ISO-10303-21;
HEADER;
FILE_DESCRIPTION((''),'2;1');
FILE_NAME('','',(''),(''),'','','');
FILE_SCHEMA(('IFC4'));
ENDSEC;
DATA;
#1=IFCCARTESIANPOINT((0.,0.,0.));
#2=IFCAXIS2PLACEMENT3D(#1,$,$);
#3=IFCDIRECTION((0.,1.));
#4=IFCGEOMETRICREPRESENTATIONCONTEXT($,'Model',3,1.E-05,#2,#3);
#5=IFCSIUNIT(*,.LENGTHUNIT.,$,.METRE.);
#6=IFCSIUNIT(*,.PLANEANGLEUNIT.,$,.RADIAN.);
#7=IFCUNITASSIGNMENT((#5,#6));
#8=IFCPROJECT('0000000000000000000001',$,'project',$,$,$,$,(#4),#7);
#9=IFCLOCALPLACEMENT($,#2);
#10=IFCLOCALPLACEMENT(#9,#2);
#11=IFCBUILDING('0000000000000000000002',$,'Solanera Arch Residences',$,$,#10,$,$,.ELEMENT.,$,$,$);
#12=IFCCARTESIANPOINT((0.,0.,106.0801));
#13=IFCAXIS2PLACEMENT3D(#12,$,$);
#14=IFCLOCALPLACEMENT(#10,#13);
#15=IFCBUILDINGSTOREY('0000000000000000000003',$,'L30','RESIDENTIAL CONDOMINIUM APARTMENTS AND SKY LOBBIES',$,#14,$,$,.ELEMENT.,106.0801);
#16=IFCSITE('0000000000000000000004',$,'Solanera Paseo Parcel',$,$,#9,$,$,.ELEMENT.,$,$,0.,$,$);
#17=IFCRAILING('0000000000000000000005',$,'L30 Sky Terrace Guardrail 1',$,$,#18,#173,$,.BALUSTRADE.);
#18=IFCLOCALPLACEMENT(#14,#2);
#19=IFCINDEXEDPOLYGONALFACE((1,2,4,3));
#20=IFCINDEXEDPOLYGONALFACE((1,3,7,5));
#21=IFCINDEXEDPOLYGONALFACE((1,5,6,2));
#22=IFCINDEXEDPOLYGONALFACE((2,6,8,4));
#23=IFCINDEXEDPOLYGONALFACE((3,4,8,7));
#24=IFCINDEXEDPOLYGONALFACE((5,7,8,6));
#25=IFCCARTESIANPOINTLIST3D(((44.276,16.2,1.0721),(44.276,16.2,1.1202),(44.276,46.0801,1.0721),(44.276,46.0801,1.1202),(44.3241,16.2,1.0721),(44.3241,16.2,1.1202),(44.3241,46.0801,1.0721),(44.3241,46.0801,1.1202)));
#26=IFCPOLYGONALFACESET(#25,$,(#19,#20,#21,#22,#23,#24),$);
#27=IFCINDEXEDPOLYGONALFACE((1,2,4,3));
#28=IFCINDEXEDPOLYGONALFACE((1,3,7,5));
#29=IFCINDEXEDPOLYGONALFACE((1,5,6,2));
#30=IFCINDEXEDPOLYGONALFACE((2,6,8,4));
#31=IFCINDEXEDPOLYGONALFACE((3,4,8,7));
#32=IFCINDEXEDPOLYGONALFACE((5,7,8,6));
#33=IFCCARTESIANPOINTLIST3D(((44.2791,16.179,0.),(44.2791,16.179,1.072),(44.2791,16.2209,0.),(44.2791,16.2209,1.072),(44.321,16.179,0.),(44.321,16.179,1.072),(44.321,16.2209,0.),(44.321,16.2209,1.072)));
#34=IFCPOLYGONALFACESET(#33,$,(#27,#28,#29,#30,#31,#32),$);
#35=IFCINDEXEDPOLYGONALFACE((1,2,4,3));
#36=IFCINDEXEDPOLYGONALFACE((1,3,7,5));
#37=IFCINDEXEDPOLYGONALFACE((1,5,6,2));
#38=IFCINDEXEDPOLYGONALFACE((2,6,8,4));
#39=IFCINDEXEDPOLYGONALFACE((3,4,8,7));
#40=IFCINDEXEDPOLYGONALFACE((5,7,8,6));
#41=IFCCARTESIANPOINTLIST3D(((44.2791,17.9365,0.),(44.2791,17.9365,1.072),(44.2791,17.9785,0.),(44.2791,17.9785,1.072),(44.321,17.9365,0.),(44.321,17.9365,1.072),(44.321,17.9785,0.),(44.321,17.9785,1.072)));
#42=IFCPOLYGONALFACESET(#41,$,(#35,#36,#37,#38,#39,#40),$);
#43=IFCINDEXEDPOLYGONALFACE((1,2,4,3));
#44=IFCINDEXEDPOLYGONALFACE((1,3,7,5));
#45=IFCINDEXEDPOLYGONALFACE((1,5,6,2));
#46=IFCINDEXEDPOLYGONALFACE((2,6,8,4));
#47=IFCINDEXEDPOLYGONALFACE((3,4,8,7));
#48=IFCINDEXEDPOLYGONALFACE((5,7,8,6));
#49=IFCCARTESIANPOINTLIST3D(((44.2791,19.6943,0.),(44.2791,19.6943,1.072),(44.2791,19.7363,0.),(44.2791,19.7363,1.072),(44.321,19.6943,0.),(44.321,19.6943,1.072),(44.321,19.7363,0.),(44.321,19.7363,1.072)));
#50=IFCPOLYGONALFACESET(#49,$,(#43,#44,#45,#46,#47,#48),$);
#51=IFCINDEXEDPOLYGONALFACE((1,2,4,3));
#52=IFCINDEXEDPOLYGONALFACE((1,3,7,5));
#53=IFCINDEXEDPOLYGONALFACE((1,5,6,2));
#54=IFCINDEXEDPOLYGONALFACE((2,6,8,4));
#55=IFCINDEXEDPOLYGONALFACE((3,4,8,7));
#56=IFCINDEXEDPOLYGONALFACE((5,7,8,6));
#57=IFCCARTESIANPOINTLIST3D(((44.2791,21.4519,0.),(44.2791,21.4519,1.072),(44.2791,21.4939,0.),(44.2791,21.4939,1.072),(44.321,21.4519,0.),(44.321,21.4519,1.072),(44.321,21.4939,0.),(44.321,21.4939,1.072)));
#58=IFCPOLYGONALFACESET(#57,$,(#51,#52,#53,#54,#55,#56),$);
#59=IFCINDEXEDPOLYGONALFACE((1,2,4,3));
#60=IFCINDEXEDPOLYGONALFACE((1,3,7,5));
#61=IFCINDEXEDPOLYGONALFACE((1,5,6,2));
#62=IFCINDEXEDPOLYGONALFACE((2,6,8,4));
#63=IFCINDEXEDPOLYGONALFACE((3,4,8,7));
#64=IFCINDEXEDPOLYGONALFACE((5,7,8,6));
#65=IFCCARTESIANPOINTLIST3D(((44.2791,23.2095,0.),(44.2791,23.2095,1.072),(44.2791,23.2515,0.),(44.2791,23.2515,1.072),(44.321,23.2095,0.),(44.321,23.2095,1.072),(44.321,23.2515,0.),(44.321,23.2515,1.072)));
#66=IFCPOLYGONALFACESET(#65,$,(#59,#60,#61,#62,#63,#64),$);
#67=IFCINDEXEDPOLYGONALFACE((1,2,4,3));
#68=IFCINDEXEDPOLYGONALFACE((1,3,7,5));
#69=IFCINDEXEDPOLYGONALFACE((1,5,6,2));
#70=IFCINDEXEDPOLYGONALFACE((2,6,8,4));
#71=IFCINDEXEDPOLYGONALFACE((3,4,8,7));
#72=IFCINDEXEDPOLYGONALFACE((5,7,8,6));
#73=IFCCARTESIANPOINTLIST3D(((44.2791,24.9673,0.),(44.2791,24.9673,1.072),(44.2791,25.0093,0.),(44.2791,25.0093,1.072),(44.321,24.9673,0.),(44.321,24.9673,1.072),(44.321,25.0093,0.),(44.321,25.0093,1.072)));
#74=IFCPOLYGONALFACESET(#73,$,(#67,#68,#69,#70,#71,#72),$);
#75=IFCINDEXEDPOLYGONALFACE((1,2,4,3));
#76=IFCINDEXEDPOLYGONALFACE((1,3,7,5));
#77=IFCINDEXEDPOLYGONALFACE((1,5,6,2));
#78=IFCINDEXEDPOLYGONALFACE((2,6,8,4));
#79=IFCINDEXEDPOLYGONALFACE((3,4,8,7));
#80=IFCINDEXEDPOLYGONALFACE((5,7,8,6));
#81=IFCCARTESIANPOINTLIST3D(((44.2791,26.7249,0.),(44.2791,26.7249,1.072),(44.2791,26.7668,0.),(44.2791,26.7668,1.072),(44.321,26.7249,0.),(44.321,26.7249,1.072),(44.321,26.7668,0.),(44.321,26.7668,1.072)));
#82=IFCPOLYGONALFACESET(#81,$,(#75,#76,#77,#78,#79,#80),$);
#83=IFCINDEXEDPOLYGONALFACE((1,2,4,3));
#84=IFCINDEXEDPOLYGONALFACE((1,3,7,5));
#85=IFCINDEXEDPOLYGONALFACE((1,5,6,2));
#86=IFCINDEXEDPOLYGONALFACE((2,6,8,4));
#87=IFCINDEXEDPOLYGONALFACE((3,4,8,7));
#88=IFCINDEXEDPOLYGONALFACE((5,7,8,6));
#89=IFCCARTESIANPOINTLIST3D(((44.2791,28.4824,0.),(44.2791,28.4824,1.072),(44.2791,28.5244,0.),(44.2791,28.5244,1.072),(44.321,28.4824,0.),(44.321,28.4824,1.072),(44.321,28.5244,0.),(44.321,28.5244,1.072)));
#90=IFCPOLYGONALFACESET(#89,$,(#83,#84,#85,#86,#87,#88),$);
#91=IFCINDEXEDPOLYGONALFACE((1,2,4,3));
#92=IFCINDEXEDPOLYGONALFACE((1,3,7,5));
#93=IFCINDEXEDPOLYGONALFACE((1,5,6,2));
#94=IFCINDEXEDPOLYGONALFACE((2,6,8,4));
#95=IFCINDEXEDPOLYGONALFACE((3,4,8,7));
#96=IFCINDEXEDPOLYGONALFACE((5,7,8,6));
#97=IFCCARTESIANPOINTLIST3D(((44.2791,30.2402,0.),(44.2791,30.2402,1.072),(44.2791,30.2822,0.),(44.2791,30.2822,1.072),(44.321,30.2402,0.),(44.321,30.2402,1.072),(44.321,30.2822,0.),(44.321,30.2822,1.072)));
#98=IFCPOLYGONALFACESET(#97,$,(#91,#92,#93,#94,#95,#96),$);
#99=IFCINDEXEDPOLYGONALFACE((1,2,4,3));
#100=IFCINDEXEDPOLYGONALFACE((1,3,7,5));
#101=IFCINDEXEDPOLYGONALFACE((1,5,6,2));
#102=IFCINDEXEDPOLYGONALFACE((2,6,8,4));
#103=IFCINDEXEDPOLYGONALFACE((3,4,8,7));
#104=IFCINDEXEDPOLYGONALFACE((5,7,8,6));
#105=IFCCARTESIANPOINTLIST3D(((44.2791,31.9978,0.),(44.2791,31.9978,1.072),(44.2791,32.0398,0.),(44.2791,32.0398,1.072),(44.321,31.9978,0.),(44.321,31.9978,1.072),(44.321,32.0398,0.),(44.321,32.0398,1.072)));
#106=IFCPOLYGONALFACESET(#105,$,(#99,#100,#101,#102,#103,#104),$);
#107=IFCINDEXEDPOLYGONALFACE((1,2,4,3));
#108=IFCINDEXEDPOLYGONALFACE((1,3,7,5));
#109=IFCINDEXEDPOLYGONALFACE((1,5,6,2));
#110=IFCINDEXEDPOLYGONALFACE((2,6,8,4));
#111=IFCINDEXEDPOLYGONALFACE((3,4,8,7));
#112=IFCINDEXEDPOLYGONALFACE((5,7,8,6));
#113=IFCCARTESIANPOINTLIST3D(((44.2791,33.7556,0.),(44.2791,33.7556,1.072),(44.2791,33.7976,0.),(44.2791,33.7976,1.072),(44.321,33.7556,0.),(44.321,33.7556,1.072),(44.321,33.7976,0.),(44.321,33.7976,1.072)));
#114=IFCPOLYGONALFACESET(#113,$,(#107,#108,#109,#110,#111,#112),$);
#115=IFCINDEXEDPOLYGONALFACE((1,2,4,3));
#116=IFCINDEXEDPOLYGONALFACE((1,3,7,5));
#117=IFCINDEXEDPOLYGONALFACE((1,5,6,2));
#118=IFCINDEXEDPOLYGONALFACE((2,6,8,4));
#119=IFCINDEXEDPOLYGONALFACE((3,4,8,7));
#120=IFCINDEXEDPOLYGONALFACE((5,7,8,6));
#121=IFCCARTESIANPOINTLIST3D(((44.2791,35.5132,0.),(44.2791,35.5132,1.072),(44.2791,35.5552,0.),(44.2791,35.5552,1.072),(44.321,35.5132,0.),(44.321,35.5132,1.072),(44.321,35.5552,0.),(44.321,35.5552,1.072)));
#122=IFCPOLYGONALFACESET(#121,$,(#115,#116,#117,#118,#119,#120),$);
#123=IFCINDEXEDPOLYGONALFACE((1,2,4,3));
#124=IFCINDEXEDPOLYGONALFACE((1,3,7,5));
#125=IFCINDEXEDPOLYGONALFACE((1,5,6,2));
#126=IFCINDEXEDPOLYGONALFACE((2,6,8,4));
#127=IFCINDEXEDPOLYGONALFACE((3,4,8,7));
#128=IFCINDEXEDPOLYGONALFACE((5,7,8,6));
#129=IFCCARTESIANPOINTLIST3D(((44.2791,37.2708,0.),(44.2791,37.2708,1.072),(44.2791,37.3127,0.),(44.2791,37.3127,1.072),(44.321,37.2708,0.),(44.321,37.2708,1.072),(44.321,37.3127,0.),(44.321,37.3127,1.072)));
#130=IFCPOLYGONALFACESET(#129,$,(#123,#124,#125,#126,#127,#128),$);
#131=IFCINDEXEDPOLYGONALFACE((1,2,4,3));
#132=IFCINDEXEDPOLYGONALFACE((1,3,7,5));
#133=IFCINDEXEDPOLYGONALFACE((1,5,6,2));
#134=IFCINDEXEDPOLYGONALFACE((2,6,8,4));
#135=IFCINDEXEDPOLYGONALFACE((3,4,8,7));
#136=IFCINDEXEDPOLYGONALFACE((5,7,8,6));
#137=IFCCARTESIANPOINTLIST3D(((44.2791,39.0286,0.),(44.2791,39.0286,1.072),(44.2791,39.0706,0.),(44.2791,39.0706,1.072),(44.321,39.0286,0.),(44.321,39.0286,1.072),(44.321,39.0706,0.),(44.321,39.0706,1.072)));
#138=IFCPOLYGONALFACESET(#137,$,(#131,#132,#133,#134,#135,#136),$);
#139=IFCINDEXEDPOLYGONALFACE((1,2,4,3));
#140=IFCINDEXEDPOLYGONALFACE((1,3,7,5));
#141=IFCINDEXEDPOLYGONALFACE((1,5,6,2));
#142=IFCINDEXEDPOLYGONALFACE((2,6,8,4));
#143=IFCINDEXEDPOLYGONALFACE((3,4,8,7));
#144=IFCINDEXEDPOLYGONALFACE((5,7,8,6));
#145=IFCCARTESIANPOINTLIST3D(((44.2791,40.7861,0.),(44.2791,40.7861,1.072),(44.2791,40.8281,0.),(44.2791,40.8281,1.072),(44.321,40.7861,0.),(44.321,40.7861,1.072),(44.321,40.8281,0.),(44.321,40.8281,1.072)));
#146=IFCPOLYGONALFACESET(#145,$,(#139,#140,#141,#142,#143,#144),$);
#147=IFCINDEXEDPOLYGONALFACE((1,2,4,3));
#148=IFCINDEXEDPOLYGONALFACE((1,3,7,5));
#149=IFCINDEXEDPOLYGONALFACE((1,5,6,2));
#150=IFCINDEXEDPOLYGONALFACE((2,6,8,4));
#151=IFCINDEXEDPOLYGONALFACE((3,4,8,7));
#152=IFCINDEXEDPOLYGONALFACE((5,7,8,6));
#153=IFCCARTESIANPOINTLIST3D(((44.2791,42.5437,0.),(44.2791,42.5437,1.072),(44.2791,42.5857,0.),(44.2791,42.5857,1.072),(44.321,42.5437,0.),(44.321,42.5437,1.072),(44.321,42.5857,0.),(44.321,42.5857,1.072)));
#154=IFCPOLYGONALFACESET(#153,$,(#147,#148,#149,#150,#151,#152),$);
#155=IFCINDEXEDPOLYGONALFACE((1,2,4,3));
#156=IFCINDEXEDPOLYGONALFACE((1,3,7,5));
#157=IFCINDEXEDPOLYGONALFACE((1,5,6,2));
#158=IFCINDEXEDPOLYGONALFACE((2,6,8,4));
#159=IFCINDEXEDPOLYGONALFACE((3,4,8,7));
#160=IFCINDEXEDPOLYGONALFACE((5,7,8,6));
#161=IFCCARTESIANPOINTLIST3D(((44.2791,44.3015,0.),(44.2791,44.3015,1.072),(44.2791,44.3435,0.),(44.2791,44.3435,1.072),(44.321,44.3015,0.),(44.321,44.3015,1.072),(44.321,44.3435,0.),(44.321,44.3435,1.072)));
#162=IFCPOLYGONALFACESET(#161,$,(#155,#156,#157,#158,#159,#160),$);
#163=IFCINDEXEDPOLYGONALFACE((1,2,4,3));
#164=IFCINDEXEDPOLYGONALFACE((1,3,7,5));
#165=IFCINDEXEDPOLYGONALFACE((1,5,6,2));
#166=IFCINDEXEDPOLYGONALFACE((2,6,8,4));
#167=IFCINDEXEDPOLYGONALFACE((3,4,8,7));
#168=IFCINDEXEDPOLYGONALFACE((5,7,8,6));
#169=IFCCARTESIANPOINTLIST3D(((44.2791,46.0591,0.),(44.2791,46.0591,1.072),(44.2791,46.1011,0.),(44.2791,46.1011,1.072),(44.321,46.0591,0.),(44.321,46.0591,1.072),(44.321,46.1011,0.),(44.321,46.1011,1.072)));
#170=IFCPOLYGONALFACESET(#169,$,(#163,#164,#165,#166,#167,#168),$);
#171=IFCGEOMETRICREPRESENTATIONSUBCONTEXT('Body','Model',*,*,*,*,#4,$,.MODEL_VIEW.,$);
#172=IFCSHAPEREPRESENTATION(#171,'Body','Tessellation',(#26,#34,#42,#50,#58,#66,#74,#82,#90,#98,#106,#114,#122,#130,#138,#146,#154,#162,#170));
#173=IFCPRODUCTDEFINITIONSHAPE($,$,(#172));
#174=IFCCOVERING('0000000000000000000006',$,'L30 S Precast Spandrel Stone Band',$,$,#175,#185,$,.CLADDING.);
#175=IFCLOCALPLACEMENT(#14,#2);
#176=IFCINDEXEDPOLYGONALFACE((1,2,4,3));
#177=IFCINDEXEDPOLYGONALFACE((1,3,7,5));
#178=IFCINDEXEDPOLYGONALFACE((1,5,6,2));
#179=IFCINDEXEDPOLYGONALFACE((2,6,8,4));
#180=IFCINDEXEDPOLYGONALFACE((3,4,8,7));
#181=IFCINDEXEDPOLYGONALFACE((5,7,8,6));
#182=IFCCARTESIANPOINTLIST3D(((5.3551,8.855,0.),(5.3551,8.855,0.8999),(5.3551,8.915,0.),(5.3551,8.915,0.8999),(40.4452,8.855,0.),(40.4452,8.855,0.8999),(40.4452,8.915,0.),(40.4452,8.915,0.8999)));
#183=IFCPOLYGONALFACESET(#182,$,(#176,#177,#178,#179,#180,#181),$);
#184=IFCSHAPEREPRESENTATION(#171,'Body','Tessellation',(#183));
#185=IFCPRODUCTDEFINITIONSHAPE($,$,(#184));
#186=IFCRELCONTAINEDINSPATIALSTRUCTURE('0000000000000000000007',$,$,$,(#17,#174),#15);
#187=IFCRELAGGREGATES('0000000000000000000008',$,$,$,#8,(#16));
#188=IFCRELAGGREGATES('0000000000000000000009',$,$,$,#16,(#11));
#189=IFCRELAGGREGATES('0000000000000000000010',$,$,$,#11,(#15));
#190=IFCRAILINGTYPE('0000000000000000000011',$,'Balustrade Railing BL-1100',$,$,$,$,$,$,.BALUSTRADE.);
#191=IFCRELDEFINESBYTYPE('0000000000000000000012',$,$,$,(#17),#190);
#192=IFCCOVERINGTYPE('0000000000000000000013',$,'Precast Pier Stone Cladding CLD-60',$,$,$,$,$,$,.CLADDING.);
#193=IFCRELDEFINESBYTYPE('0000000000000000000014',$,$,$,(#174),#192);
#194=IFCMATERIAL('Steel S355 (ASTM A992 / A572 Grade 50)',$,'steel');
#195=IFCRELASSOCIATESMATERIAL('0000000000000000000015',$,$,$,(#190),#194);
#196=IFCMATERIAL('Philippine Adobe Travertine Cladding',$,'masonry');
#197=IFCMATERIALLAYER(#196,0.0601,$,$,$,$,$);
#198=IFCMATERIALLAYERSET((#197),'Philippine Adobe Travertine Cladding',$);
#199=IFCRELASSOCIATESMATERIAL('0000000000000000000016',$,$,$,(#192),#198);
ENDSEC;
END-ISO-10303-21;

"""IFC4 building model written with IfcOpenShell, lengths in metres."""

from ifc_helpers import new_model, si_unit, direction, frame, frame_2d, origin, origin_2d, place, context, subcontext, project, spatial, rectangle, extrude, material, layer, layer_set, type_object, element, save


model = new_model("IFC4")

# Units and contexts
model_context = context("Model", 3, precision=1e-05, world=origin(), true_north=direction((0.0, 1.0)))
body_context = subcontext(model_context, "Body", "Model", "MODEL_VIEW")
ifc_project = project(units=[si_unit("LENGTHUNIT", "METRE"), si_unit("PLANEANGLEUNIT", "RADIAN")], contexts=[model_context])

# Site, building, storey
site_placement = place(None, origin())
site = spatial("IfcSite", under=ifc_project, at=site_placement, Name="Solanera Paseo Parcel", CompositionType="ELEMENT", RefElevation=0.0)
building_placement = place(site_placement, origin())
building = spatial("IfcBuilding", under=site, at=building_placement, Name="Solanera Arch Residences", CompositionType="ELEMENT")
storey_placement = place(building_placement, frame((0.0, 0.0, 106.0801)))
storey = spatial("IfcBuildingStorey", under=building, at=storey_placement, Name="L30", Description="RESIDENTIAL CONDOMINIUM APARTMENTS AND SKY LOBBIES", CompositionType="ELEMENT", Elevation=106.0801)

# Railing
ifc_material_1 = material(Name="Steel S355 (ASTM A992 / A572 Grade 50)", Category="steel")
railing_type = type_object("IfcRailingType", Name="Balustrade Railing BL-1100", PredefinedType="BALUSTRADE", material=ifc_material_1)
railing_1_placement = place(storey_placement, frame((44.3, 16.2, 0.0)))
element("IfcRailing", 1, at=railing_1_placement, inside=storey, type_object=railing_type, Name="L30 Sky Terrace Guardrail 1", PredefinedType="BALUSTRADE", context=body_context, shape_type="SweptSolid", body=[
    extrude(rectangle(XDim=0.0481, YDim=0.0481, at=origin_2d()), frame((0.0, 0.0, 1.0962), z_axis=(0.0, 1.0, 0.0), x_axis=(-1.0, 0.0, 0.0)), (0.0, 0.0, 1.0), 29.8801),
    extrude(rectangle(XDim=0.042, YDim=0.042, at=origin_2d()), origin(), (0.0, 0.0, 1.0), 1.072),
    extrude(rectangle(XDim=0.042, YDim=0.042, at=origin_2d()), frame((0.0, 1.7576, 0.0)), (0.0, 0.0, 1.0), 1.072),
    extrude(rectangle(XDim=0.042, YDim=0.042, at=origin_2d()), frame((0.0, 3.5154, 0.0)), (0.0, 0.0, 1.0), 1.072),
    extrude(rectangle(XDim=0.042, YDim=0.042, at=origin_2d()), frame((0.0, 5.2729, 0.0)), (0.0, 0.0, 1.0), 1.072),
    extrude(rectangle(XDim=0.042, YDim=0.042, at=origin_2d()), frame((0.0, 7.0305, 0.0)), (0.0, 0.0, 1.0), 1.072),
    extrude(rectangle(XDim=0.042, YDim=0.042, at=origin_2d()), frame((0.0, 8.7883, 0.0)), (0.0, 0.0, 1.0), 1.072),
    extrude(rectangle(XDim=0.042, YDim=0.042, at=origin_2d()), frame((0.0, 10.5459, 0.0)), (0.0, 0.0, 1.0), 1.072),
    extrude(rectangle(XDim=0.042, YDim=0.042, at=origin_2d()), frame((0.0, 12.3035, 0.0)), (0.0, 0.0, 1.0), 1.072),
    extrude(rectangle(XDim=0.042, YDim=0.042, at=origin_2d()), frame((0.0, 14.0613, 0.0)), (0.0, 0.0, 1.0), 1.072),
    extrude(rectangle(XDim=0.042, YDim=0.042, at=origin_2d()), frame((0.0, 15.8188, 0.0)), (0.0, 0.0, 1.0), 1.072),
    extrude(rectangle(XDim=0.042, YDim=0.042, at=origin_2d()), frame((0.0, 17.5767, 0.0)), (0.0, 0.0, 1.0), 1.072),
    extrude(rectangle(XDim=0.042, YDim=0.042, at=origin_2d()), frame((0.0, 19.3342, 0.0)), (0.0, 0.0, 1.0), 1.072),
    extrude(rectangle(XDim=0.042, YDim=0.042, at=origin_2d()), frame((0.0, 21.0918, 0.0)), (0.0, 0.0, 1.0), 1.072),
    extrude(rectangle(XDim=0.042, YDim=0.042, at=origin_2d()), frame((0.0, 22.8496, 0.0)), (0.0, 0.0, 1.0), 1.072),
    extrude(rectangle(XDim=0.042, YDim=0.042, at=origin_2d()), frame((0.0, 24.6072, 0.0)), (0.0, 0.0, 1.0), 1.072),
    extrude(rectangle(XDim=0.042, YDim=0.042, at=origin_2d()), frame((0.0, 26.3647, 0.0)), (0.0, 0.0, 1.0), 1.072),
    extrude(rectangle(XDim=0.042, YDim=0.042, at=origin_2d()), frame((0.0, 28.1226, 0.0)), (0.0, 0.0, 1.0), 1.072),
    extrude(rectangle(XDim=0.042, YDim=0.042, at=origin_2d()), frame((0.0, 29.8801, 0.0)), (0.0, 0.0, 1.0), 1.072),
])

# Covering
ifc_material_2 = material(Name="Philippine Adobe Travertine Cladding", Category="masonry")
ifc_layer_1 = layer(ifc_material_2, 0.0601)
ifc_layer_set_1 = layer_set([ifc_layer_1], Name="Philippine Adobe Travertine Cladding")
covering_type = type_object("IfcCoveringType", Name="Precast Pier Stone Cladding CLD-60", PredefinedType="CLADDING", material=ifc_layer_set_1)
covering_placement = place(storey_placement, frame((40.4451, 8.885, 0.0), z_axis=(0.0, 0.0, 1.0), x_axis=(-1.0, 0.0, 0.0)))
element("IfcCovering", 2, at=covering_placement, inside=storey, type_object=covering_type, Name="L30 S Precast Spandrel Stone Band", PredefinedType="CLADDING", context=body_context, shape_type="SweptSolid", body=[
    extrude(rectangle(XDim=35.0901, YDim=0.0601, at=frame_2d((17.5449, 0.0))), origin(), (0.0, 0.0, 1.0), 0.8999),
])

save(model, "model.ifc")
